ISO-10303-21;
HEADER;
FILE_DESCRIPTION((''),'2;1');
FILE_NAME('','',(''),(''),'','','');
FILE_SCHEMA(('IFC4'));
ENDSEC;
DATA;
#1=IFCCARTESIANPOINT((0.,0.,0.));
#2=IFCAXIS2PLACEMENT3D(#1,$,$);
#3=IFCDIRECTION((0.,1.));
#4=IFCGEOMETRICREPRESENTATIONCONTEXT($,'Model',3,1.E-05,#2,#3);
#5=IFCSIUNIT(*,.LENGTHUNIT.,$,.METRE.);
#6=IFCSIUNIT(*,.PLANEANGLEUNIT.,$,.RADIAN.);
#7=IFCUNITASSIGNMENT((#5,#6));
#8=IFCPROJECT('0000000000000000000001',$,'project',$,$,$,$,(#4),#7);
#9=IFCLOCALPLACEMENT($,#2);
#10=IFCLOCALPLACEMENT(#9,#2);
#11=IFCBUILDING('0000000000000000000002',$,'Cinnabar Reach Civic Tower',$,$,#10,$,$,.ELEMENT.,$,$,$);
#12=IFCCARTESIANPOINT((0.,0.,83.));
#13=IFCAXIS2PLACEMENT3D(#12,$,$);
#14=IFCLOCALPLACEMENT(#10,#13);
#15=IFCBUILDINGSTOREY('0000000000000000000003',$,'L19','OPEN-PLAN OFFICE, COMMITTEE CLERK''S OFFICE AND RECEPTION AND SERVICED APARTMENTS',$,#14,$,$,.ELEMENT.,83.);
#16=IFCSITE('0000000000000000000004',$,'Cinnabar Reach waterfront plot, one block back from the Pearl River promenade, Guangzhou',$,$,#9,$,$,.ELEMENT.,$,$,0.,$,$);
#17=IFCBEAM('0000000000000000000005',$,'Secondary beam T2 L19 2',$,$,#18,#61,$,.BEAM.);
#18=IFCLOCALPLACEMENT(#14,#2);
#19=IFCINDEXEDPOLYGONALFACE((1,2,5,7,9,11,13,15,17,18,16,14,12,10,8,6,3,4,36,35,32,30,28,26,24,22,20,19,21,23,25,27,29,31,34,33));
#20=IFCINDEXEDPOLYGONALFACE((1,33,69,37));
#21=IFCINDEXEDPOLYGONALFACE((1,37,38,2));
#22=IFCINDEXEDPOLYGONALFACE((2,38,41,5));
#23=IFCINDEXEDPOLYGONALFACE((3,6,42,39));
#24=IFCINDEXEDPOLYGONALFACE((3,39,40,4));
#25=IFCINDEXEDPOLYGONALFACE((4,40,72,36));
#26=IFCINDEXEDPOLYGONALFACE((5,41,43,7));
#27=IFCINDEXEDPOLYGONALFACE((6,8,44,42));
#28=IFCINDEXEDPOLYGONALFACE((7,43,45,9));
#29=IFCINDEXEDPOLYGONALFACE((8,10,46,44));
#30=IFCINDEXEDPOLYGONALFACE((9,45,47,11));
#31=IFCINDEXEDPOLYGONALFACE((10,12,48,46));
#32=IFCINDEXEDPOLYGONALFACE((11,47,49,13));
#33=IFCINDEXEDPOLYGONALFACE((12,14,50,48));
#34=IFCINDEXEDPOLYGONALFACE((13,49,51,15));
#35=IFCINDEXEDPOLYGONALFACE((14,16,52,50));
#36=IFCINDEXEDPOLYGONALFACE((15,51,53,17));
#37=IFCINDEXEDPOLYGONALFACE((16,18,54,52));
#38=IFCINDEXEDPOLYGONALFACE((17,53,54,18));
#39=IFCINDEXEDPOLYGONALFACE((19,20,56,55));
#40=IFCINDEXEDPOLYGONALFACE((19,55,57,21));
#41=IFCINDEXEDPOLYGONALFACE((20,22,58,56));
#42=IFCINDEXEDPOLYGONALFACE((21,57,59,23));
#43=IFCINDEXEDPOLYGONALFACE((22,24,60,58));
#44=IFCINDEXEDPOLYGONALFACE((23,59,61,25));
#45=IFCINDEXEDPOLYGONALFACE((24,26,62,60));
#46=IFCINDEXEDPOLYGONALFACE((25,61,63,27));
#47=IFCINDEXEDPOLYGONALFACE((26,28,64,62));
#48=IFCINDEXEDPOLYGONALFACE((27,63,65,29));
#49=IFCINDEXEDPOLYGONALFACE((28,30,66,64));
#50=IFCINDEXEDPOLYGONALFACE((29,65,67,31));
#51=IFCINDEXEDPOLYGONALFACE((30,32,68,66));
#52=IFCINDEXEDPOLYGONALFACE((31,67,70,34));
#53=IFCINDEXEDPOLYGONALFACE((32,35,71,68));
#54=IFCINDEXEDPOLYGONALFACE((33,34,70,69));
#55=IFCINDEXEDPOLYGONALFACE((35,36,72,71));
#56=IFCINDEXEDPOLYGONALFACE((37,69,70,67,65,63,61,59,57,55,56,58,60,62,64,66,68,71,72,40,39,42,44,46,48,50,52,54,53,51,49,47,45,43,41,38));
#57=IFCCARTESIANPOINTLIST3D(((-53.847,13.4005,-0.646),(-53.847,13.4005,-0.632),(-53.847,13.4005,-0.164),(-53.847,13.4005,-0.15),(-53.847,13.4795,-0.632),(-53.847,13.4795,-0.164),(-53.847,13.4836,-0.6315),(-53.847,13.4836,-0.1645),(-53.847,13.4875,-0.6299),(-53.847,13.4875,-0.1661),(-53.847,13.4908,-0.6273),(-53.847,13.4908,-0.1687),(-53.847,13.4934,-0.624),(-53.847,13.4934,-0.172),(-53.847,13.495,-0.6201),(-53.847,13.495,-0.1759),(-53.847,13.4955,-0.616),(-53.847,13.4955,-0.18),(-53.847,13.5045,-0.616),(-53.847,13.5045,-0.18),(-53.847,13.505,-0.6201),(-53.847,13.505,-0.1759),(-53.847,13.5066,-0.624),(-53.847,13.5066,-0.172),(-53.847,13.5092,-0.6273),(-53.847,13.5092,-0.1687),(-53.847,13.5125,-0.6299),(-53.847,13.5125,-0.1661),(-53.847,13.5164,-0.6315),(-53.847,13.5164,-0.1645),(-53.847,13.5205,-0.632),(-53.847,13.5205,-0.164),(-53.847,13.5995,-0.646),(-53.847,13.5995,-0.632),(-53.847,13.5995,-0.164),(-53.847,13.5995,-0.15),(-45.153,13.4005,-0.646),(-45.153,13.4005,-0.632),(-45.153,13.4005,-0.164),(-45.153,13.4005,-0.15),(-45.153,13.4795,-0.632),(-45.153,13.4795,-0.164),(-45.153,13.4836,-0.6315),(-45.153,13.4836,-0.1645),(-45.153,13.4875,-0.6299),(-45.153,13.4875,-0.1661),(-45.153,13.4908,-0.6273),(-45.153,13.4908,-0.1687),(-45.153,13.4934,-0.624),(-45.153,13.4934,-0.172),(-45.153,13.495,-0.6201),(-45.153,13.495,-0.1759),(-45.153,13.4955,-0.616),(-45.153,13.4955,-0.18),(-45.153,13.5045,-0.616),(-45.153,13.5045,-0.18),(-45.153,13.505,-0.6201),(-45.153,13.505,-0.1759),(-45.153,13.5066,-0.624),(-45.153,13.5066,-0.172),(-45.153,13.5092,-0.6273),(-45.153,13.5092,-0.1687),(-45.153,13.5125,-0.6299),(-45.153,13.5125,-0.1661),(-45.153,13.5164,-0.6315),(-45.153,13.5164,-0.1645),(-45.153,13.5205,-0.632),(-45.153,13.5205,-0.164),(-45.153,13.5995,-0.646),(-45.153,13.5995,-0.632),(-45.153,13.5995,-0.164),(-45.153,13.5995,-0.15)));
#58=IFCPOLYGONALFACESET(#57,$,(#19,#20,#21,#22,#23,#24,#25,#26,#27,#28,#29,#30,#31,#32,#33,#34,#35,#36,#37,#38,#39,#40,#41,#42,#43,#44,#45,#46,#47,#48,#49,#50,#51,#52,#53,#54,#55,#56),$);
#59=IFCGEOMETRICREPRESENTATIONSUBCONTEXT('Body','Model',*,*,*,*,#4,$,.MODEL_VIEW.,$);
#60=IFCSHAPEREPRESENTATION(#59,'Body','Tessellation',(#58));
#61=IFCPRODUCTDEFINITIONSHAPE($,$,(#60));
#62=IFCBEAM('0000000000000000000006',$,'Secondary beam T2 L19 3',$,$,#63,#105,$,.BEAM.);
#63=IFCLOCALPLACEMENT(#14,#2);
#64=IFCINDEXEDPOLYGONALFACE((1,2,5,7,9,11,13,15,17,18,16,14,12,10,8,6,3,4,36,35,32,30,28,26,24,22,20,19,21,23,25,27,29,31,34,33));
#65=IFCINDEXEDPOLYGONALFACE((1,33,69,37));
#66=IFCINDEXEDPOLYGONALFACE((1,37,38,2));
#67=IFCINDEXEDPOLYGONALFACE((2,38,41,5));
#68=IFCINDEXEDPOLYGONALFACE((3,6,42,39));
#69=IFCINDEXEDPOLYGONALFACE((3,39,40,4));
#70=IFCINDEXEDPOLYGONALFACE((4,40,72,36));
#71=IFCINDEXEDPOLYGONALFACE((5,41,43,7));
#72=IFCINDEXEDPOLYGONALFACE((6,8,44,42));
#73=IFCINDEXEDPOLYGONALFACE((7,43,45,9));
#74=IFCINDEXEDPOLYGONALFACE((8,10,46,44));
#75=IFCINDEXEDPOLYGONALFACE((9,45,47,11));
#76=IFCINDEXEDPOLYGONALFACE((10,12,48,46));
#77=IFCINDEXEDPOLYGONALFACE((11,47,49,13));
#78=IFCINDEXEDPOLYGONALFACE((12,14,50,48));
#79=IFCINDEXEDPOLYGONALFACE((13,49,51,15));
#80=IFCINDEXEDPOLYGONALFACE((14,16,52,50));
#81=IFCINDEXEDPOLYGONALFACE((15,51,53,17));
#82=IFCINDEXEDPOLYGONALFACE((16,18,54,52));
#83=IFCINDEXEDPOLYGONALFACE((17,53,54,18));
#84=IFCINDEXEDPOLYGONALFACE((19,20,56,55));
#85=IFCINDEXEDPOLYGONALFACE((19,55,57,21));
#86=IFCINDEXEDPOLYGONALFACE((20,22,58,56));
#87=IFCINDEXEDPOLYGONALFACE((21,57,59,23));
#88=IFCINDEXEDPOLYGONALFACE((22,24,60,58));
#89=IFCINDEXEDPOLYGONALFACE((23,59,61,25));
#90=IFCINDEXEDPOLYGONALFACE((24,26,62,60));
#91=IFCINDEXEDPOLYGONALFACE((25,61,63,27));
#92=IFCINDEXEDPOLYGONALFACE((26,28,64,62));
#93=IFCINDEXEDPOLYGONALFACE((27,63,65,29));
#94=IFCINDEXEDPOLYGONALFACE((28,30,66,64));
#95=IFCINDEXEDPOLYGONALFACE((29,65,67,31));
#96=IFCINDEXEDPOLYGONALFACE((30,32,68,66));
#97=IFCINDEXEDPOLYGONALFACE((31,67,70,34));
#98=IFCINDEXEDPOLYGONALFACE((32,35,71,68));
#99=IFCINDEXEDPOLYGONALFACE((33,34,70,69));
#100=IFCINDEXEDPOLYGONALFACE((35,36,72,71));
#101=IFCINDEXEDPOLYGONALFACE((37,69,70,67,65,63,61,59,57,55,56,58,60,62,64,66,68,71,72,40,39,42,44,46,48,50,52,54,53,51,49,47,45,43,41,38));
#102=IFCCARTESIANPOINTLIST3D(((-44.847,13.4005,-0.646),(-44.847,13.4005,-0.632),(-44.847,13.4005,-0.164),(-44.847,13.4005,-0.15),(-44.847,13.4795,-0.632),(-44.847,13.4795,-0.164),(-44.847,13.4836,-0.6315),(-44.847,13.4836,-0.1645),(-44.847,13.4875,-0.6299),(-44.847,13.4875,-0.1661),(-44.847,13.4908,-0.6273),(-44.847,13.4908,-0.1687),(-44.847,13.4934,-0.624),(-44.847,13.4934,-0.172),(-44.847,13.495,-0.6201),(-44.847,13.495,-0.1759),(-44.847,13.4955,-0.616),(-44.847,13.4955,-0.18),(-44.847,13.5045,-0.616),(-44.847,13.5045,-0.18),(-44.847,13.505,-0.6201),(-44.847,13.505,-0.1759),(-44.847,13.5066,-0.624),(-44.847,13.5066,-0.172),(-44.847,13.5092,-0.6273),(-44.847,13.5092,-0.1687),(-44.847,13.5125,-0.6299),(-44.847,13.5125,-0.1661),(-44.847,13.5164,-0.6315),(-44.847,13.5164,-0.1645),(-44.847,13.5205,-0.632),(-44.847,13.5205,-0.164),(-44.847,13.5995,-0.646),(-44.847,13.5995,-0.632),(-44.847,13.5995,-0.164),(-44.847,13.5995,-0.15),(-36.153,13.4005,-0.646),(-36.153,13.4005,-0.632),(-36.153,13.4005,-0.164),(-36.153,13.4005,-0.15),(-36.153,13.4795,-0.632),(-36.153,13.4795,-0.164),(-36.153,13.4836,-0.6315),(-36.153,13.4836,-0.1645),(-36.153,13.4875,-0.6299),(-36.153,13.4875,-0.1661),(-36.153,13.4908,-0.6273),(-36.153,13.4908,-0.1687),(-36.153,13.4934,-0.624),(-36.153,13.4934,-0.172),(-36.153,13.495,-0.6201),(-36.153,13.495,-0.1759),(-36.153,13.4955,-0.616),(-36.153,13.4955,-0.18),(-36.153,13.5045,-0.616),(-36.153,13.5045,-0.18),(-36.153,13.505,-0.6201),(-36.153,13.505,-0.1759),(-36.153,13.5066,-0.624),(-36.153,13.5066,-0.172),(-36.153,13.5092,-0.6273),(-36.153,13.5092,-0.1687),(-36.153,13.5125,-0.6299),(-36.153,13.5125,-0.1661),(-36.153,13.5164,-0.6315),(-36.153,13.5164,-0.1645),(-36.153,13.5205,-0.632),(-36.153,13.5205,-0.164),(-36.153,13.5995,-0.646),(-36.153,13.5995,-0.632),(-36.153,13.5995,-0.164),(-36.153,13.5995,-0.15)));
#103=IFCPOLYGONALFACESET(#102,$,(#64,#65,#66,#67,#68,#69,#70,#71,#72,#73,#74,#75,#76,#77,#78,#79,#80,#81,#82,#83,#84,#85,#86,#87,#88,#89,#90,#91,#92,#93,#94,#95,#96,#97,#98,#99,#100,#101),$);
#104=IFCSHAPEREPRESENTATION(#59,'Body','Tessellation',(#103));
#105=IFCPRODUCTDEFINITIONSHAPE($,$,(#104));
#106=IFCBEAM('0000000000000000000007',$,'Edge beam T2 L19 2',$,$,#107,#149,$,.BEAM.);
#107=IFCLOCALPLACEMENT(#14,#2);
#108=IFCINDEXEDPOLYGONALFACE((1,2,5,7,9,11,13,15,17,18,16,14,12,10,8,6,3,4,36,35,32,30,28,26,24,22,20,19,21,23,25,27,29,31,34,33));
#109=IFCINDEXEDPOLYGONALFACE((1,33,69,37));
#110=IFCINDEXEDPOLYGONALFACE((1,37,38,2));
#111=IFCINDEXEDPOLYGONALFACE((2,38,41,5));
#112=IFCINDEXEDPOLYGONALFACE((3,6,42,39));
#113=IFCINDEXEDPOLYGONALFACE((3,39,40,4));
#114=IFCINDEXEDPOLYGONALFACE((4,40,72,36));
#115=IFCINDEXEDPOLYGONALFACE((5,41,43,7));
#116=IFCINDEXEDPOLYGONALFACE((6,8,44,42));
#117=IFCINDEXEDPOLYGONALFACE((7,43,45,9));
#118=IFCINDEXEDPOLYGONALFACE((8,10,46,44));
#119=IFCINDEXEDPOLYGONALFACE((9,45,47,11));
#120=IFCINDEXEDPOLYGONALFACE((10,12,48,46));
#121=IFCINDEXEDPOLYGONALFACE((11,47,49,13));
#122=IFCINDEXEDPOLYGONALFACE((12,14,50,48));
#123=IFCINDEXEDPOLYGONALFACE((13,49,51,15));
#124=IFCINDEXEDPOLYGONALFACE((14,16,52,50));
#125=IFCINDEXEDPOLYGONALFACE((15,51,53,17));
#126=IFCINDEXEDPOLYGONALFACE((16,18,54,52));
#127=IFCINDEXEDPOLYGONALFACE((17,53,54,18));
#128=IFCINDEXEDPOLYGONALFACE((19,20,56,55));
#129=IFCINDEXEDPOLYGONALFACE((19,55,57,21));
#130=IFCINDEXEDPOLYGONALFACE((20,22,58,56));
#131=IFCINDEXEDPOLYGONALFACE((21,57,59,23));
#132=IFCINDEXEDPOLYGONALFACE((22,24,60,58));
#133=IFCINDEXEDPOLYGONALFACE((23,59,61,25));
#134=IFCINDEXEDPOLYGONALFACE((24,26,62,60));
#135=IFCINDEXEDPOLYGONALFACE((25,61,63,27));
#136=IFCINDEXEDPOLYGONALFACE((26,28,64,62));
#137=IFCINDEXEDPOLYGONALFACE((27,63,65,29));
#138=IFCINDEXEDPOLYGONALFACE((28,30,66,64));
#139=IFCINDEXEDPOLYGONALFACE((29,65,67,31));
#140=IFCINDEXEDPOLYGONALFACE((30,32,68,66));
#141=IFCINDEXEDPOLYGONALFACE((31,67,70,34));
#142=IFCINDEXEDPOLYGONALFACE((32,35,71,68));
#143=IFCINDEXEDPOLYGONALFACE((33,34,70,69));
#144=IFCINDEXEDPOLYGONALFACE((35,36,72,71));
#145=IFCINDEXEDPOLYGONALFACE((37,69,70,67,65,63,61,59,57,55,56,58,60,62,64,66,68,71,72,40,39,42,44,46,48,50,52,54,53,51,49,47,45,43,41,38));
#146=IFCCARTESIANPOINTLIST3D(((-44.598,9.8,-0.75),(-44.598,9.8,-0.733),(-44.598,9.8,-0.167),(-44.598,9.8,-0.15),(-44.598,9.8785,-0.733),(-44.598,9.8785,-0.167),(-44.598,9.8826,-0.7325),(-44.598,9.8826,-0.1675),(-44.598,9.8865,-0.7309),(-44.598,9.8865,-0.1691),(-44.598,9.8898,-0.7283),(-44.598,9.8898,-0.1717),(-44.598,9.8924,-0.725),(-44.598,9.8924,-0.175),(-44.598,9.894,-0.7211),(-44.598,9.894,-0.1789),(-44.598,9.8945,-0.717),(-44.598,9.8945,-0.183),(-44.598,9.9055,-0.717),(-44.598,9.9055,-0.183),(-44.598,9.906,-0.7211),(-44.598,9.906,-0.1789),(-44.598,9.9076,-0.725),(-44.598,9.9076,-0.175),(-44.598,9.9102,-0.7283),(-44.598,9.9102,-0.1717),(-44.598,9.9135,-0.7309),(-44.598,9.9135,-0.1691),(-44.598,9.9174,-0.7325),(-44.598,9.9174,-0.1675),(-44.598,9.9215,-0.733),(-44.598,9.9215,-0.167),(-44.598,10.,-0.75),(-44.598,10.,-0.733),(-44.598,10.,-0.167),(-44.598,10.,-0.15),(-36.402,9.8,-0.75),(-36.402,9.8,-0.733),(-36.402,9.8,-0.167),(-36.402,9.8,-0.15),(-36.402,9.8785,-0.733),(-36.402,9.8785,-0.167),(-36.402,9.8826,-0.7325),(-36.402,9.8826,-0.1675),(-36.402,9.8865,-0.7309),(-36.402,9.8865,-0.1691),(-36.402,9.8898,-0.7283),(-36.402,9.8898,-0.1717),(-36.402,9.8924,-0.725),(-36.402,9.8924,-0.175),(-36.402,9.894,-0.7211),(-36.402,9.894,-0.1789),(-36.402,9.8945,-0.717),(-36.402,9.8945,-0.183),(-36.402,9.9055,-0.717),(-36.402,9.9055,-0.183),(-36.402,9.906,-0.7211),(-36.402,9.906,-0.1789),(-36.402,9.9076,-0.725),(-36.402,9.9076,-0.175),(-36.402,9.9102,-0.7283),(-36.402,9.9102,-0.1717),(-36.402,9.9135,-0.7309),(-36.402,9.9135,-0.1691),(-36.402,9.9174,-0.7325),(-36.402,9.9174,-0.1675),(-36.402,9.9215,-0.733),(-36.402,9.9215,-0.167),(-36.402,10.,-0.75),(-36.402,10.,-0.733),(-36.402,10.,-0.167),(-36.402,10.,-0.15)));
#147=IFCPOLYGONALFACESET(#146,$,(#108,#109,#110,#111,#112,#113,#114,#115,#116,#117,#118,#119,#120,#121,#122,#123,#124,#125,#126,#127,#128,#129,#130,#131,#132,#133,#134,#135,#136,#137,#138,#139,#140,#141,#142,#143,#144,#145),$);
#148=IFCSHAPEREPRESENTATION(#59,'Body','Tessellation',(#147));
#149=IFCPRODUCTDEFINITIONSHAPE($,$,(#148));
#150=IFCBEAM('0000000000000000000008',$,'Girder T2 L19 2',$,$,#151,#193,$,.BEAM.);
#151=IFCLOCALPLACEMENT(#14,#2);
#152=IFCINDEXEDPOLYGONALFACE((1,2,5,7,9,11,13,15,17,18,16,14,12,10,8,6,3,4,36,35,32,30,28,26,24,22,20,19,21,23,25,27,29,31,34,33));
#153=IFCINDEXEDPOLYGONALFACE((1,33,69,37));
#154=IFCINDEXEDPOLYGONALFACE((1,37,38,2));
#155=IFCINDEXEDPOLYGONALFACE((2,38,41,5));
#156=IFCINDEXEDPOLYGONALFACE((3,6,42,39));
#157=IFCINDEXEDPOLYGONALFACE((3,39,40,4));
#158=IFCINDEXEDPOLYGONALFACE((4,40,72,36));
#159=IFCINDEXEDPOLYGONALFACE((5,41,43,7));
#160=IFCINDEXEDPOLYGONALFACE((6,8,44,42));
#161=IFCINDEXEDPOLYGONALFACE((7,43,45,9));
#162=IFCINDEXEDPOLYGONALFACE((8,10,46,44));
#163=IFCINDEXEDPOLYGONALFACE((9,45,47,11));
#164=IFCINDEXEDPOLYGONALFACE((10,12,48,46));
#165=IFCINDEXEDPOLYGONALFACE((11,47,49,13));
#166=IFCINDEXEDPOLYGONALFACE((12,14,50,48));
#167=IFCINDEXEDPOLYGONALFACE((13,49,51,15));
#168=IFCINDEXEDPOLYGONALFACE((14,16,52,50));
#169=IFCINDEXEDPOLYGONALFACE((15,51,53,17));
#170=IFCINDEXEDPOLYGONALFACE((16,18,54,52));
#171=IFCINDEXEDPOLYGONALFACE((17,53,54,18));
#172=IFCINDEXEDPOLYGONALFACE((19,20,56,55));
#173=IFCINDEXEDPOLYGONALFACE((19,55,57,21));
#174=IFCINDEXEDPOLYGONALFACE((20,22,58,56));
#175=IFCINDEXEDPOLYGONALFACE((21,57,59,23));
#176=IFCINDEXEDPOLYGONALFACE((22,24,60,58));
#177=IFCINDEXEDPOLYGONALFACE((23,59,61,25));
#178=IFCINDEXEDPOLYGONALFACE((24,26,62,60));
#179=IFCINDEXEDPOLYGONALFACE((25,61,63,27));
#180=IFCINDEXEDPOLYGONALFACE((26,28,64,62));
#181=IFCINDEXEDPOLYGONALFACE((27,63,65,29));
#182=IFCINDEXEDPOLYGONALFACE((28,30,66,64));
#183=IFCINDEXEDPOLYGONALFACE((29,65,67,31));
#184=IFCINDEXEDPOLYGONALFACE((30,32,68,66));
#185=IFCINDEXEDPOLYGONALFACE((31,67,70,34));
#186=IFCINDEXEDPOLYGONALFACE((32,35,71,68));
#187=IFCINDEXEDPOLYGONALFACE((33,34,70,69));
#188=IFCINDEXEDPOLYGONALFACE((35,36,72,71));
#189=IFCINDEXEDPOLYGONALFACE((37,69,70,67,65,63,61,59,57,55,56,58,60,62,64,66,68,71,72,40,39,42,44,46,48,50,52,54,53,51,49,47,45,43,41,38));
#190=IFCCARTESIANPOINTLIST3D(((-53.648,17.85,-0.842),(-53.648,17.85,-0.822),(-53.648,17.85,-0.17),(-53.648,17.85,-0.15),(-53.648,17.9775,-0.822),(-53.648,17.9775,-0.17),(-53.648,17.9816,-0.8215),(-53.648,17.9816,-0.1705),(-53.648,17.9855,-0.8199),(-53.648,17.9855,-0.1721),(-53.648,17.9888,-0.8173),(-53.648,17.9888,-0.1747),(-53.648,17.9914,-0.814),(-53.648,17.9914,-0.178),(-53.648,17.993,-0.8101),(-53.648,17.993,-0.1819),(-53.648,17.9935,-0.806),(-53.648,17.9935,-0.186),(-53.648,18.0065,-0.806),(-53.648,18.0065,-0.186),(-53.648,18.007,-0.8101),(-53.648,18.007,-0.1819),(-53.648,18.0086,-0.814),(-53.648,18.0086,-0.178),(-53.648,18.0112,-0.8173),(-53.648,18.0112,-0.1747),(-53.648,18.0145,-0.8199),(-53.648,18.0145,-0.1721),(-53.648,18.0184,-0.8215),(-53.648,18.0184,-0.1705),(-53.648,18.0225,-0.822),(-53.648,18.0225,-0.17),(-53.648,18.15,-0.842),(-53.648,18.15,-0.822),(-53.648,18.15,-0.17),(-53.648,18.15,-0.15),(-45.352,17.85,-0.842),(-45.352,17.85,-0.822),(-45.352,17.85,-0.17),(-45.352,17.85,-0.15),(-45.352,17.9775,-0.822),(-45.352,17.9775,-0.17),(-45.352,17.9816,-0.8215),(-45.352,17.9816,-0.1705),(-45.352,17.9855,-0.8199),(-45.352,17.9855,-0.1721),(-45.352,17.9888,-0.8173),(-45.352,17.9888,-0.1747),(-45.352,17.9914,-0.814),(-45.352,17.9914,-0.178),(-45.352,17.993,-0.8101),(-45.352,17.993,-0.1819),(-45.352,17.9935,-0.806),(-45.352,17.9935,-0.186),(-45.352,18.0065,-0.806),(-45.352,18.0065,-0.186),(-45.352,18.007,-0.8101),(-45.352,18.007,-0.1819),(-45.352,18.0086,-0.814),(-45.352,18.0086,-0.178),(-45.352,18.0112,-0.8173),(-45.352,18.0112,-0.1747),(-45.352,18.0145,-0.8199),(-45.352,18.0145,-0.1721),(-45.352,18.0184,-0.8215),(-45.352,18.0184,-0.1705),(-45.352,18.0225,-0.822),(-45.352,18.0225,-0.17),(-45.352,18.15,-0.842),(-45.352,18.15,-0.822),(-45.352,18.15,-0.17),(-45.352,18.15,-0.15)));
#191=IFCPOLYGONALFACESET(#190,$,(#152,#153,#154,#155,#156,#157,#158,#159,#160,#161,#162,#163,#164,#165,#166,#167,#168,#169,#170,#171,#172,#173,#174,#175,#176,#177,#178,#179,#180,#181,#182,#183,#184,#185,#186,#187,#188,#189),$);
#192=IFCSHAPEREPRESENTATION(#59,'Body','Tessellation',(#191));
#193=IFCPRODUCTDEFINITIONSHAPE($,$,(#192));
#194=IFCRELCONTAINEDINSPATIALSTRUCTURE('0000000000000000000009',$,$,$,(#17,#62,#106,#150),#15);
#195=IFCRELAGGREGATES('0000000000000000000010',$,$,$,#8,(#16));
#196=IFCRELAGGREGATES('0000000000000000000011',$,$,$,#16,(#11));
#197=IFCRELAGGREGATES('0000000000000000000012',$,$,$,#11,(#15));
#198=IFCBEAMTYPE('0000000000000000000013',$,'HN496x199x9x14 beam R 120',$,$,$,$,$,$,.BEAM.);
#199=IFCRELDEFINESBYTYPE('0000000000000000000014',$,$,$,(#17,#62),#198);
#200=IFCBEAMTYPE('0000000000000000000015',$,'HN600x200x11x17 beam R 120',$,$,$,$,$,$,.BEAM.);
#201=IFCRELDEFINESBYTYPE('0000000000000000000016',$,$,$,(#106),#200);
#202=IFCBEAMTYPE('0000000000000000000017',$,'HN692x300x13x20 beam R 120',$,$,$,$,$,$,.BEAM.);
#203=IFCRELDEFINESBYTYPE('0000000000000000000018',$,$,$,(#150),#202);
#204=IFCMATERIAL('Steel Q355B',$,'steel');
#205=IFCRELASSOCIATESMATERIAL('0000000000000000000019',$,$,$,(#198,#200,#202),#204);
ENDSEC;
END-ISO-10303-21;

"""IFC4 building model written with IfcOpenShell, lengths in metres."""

from ifc_helpers import new_model, si_unit, direction, frame, origin, origin_2d, place, context, subcontext, project, spatial, i_section, extrude, material, material_profile, profile_set, type_object, element, save


model = new_model("IFC4")

# Units and contexts
model_context = context("Model", 3, precision=1e-05, world=origin(), true_north=direction((0.0, 1.0)))
body_context = subcontext(model_context, "Body", "Model", "MODEL_VIEW")
ifc_project = project(units=[si_unit("LENGTHUNIT", "METRE"), si_unit("PLANEANGLEUNIT", "RADIAN")], contexts=[model_context])

# Site, building, storey
site_placement = place(None, origin())
site = spatial("IfcSite", under=ifc_project, at=site_placement, Name="Cinnabar Reach waterfront plot, one block back from the Pearl River promenade, Guangzhou", CompositionType="ELEMENT", RefElevation=0.0)
building_placement = place(site_placement, origin())
building = spatial("IfcBuilding", under=site, at=building_placement, Name="Cinnabar Reach Civic Tower", CompositionType="ELEMENT")
storey_placement = place(building_placement, frame((0.0, 0.0, 83.0)))
storey = spatial("IfcBuildingStorey", under=building, at=storey_placement, Name="L19", Description="OPEN-PLAN OFFICE, COMMITTEE CLERK'S OFFICE AND RECEPTION AND SERVICED APARTMENTS", CompositionType="ELEMENT", Elevation=83.0)

# Beams
ifc_material_1 = material(Name="Steel Q355B", Category="steel")
ifc_material_profile_1 = material_profile(ifc_material_1, i_section(OverallWidth=0.199, OverallDepth=0.496, WebThickness=0.009, FlangeThickness=0.014, FilletRadius=0.016, at=origin_2d()), Name="HN496x199x9x14")
ifc_profile_set_1 = profile_set([ifc_material_profile_1], Name="Steel Q355B")
beam_type_1 = type_object("IfcBeamType", Name="HN496x199x9x14 beam R 120", PredefinedType="BEAM", material=ifc_profile_set_1)
for number, where, z_axis, x_axis, name in (
    (1, (-53.847, 13.5, -0.398), (1.0, 0.0, 0.0), (0.0, 1.0, 0.0), "Secondary beam T2 L19 2"),
    (2, (-44.847, 13.5, -0.398), (1.0, 0.0, 0.0), (0.0, 1.0, 0.0), "Secondary beam T2 L19 3"),
):
    element("IfcBeam", number, at=place(storey_placement, frame(where, z_axis=z_axis, x_axis=x_axis)), inside=storey, type_object=beam_type_1, Name=name, PredefinedType="BEAM", context=body_context, shape_type="SweptSolid", body=[
        extrude(i_section(OverallWidth=0.199, OverallDepth=0.496, WebThickness=0.009, FlangeThickness=0.014, FilletRadius=0.016, at=origin_2d()), origin(), (0.0, 0.0, 1.0), 8.694),
    ])
ifc_material_profile_2 = material_profile(ifc_material_1, i_section(OverallWidth=0.2, OverallDepth=0.6, WebThickness=0.011, FlangeThickness=0.017, FilletRadius=0.016, at=origin_2d()), Name="HN600x200x11x17")
ifc_profile_set_2 = profile_set([ifc_material_profile_2], Name="Steel Q355B")
beam_type_2 = type_object("IfcBeamType", Name="HN600x200x11x17 beam R 120", PredefinedType="BEAM", material=ifc_profile_set_2)
beam_1_placement = place(storey_placement, frame((-44.598, 9.9, -0.45), z_axis=(1.0, 0.0, 0.0), x_axis=(0.0, 1.0, 0.0)))
element("IfcBeam", 3, at=beam_1_placement, inside=storey, type_object=beam_type_2, Name="Edge beam T2 L19 2", PredefinedType="BEAM", context=body_context, shape_type="SweptSolid", body=[
    extrude(i_section(OverallWidth=0.2, OverallDepth=0.6, WebThickness=0.011, FlangeThickness=0.017, FilletRadius=0.016, at=origin_2d()), origin(), (0.0, 0.0, 1.0), 8.196),
])
ifc_material_profile_3 = material_profile(ifc_material_1, i_section(OverallWidth=0.3, OverallDepth=0.692, WebThickness=0.013, FlangeThickness=0.02, FilletRadius=0.016, at=origin_2d()), Name="HN692x300x13x20")
ifc_profile_set_3 = profile_set([ifc_material_profile_3], Name="Steel Q355B")
beam_type_3 = type_object("IfcBeamType", Name="HN692x300x13x20 beam R 120", PredefinedType="BEAM", material=ifc_profile_set_3)
for number, where, z_axis, x_axis, name in (
    (4, (-53.648, 18.0, -0.496), (1.0, 0.0, 0.0), (0.0, 1.0, 0.0), "Girder T2 L19 2"),
):
    element("IfcBeam", number, at=place(storey_placement, frame(where, z_axis=z_axis, x_axis=x_axis)), inside=storey, type_object=beam_type_3, Name=name, PredefinedType="BEAM", context=body_context, shape_type="SweptSolid", body=[
        extrude(i_section(OverallWidth=0.3, OverallDepth=0.692, WebThickness=0.013, FlangeThickness=0.02, FilletRadius=0.016, at=origin_2d()), origin(), (0.0, 0.0, 1.0), 8.296),
    ])

save(model, "model.ifc")
